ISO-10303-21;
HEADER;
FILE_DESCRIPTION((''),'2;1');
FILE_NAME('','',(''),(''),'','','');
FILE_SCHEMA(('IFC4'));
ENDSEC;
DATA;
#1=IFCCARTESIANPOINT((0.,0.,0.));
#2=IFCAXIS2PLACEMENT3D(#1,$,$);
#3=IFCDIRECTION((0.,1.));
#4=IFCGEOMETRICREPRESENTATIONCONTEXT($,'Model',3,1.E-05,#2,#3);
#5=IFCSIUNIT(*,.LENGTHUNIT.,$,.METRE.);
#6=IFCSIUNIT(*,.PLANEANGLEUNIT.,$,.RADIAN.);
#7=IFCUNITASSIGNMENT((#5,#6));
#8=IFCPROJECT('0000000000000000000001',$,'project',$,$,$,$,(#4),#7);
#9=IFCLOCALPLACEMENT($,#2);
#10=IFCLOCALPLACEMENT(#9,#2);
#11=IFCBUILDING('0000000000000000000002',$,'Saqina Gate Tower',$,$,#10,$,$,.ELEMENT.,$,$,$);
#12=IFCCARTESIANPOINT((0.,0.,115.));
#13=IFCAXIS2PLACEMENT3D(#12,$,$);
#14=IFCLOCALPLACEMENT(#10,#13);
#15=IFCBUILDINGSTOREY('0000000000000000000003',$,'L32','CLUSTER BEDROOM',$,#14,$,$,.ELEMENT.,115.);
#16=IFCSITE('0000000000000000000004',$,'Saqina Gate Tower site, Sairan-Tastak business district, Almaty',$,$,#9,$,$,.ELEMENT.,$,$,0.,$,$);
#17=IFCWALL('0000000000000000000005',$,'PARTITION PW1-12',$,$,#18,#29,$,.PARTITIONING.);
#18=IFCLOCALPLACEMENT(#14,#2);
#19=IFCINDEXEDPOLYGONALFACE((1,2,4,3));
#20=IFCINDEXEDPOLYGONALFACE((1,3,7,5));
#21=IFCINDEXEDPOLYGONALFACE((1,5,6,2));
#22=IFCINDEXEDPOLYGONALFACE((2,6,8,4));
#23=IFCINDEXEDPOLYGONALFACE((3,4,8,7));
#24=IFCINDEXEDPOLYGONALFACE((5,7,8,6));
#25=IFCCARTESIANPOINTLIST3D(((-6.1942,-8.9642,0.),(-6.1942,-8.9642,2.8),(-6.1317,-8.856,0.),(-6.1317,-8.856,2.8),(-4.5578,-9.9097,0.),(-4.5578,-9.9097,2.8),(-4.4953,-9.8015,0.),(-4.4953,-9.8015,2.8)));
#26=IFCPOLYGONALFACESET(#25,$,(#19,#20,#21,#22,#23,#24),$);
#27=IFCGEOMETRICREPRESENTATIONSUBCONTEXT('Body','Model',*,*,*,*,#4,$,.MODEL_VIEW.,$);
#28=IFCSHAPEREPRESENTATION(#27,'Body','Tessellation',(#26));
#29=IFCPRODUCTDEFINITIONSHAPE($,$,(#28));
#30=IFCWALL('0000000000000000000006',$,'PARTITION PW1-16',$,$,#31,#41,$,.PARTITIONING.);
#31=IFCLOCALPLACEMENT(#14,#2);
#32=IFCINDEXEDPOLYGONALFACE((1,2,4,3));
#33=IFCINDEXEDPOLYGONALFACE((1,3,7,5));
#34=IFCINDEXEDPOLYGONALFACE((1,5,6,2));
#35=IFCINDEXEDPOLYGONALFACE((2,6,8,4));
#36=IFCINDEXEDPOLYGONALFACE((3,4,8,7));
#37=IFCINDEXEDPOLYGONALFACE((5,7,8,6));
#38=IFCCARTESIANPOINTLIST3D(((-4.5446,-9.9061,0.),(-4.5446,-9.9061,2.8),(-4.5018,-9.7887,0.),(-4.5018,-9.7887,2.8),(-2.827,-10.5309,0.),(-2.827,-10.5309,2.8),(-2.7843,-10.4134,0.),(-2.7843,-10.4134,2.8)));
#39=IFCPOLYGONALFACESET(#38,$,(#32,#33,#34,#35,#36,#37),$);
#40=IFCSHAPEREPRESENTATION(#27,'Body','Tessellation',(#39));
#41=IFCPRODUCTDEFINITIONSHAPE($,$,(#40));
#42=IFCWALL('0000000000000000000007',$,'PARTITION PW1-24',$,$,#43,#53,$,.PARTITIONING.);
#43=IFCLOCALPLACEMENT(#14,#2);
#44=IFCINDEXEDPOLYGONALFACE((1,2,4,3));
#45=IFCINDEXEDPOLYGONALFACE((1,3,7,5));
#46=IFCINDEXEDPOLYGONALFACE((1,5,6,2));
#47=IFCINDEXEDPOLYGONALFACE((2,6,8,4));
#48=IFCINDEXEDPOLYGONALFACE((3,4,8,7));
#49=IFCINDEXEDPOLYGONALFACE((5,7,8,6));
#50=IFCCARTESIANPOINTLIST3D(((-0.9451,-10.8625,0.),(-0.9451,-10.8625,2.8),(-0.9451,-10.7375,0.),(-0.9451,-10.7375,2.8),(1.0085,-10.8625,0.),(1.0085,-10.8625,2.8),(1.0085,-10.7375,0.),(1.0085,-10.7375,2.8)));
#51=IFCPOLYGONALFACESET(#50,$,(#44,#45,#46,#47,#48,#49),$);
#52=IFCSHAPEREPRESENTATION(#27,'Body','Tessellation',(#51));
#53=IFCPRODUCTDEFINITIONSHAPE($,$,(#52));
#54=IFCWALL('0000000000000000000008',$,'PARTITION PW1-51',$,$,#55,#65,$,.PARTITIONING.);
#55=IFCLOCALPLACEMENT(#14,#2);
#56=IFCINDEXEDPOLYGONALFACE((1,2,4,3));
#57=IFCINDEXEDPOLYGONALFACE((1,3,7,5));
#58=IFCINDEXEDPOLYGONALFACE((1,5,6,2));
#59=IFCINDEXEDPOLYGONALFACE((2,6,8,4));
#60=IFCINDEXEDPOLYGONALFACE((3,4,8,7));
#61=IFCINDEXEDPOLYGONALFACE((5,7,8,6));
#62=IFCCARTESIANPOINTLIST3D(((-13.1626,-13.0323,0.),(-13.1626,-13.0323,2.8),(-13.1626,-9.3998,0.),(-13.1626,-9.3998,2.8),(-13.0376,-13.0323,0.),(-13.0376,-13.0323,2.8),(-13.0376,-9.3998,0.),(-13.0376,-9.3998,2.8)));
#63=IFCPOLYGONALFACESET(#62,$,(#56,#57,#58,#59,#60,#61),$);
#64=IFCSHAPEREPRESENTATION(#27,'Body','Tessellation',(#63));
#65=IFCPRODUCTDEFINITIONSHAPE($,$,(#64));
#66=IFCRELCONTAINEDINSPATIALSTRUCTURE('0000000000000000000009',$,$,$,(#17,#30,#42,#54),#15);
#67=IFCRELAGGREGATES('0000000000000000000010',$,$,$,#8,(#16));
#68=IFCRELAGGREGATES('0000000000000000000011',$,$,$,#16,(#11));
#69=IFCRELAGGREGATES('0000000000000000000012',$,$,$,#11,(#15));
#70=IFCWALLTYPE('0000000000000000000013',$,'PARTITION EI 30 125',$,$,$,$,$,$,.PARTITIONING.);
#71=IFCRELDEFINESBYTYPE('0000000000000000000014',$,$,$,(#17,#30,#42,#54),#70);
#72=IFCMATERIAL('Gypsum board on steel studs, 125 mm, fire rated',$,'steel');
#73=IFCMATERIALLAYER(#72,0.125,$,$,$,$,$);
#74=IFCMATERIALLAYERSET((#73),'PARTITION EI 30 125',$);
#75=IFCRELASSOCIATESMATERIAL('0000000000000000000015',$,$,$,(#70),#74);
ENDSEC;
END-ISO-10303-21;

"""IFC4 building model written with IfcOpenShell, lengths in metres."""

from ifc_helpers import new_model, si_unit, direction, frame, frame_2d, origin, place, context, subcontext, project, spatial, rectangle, extrude, material, layer, layer_set, type_object, element, save


model = new_model("IFC4")

# Units and contexts
model_context = context("Model", 3, precision=1e-05, world=origin(), true_north=direction((0.0, 1.0)))
body_context = subcontext(model_context, "Body", "Model", "MODEL_VIEW")
ifc_project = project(units=[si_unit("LENGTHUNIT", "METRE"), si_unit("PLANEANGLEUNIT", "RADIAN")], contexts=[model_context])

# Site, building, storey
site_placement = place(None, origin())
site = spatial("IfcSite", under=ifc_project, at=site_placement, Name="Saqina Gate Tower site, Sairan-Tastak business district, Almaty", CompositionType="ELEMENT", RefElevation=0.0)
building_placement = place(site_placement, origin())
building = spatial("IfcBuilding", under=site, at=building_placement, Name="Saqina Gate Tower", CompositionType="ELEMENT")
storey_placement = place(building_placement, frame((0.0, 0.0, 115.0)))
storey = spatial("IfcBuildingStorey", under=building, at=storey_placement, Name="L32", Description="CLUSTER BEDROOM", CompositionType="ELEMENT", Elevation=115.0)

# Walls
ifc_material_1 = material(Name="Gypsum board on steel studs, 125 mm, fire rated", Category="steel")
ifc_layer_1 = layer(ifc_material_1, 0.125)
ifc_layer_set_1 = layer_set([ifc_layer_1], Name="PARTITION EI 30 125")
wall_type_1 = type_object("IfcWallType", Name="PARTITION EI 30 125", PredefinedType="PARTITIONING", material=ifc_layer_set_1)
wall_1_placement = place(storey_placement, frame((-6.1628, -8.9102, 0.0), z_axis=(0.0, 0.0, 1.0), x_axis=(0.865856, -0.500293, 0.0)))
element("IfcWall", 1, at=wall_1_placement, inside=storey, type_object=wall_type_1, Name="PARTITION PW1-12", PredefinedType="PARTITIONING", context=body_context, shape_type="SweptSolid", body=[
    extrude(rectangle(XDim=1.8899, YDim=0.125, at=frame_2d((0.9448, 0.0))), origin(), (0.0, 0.0, 1.0), 2.8),
])
wall_2_placement = place(storey_placement, frame((-4.5232, -9.8474, 0.0), z_axis=(0.0, 0.0, 1.0), x_axis=(0.939758, -0.34184, 0.0)))
element("IfcWall", 2, at=wall_2_placement, inside=storey, type_object=wall_type_1, Name="PARTITION PW1-16", PredefinedType="PARTITIONING", context=body_context, shape_type="SweptSolid", body=[
    extrude(rectangle(XDim=1.8276, YDim=0.125, at=frame_2d((0.9138, 0.0))), origin(), (0.0, 0.0, 1.0), 2.8),
])
wall_3_placement = place(storey_placement, frame((-0.9451, -10.8, 0.0), z_axis=(0.0, 0.0, 1.0), x_axis=(1.0, 0.0, 0.0)))
element("IfcWall", 3, at=wall_3_placement, inside=storey, type_object=wall_type_1, Name="PARTITION PW1-24", PredefinedType="PARTITIONING", context=body_context, shape_type="SweptSolid", body=[
    extrude(rectangle(XDim=1.9536, YDim=0.125, at=frame_2d((0.9768, 0.0))), origin(), (0.0, 0.0, 1.0), 2.8),
])
wall_4_placement = place(storey_placement, frame((-13.1001, -13.0325, 0.0), z_axis=(0.0, 0.0, 1.0), x_axis=(0.0, 1.0, 0.0)))
element("IfcWall", 4, at=wall_4_placement, inside=storey, type_object=wall_type_1, Name="PARTITION PW1-51", PredefinedType="PARTITIONING", context=body_context, shape_type="SweptSolid", body=[
    extrude(rectangle(XDim=3.6326, YDim=0.125, at=frame_2d((1.8164, 0.0))), origin(), (0.0, 0.0, 1.0), 2.8),
])

save(model, "model.ifc")
